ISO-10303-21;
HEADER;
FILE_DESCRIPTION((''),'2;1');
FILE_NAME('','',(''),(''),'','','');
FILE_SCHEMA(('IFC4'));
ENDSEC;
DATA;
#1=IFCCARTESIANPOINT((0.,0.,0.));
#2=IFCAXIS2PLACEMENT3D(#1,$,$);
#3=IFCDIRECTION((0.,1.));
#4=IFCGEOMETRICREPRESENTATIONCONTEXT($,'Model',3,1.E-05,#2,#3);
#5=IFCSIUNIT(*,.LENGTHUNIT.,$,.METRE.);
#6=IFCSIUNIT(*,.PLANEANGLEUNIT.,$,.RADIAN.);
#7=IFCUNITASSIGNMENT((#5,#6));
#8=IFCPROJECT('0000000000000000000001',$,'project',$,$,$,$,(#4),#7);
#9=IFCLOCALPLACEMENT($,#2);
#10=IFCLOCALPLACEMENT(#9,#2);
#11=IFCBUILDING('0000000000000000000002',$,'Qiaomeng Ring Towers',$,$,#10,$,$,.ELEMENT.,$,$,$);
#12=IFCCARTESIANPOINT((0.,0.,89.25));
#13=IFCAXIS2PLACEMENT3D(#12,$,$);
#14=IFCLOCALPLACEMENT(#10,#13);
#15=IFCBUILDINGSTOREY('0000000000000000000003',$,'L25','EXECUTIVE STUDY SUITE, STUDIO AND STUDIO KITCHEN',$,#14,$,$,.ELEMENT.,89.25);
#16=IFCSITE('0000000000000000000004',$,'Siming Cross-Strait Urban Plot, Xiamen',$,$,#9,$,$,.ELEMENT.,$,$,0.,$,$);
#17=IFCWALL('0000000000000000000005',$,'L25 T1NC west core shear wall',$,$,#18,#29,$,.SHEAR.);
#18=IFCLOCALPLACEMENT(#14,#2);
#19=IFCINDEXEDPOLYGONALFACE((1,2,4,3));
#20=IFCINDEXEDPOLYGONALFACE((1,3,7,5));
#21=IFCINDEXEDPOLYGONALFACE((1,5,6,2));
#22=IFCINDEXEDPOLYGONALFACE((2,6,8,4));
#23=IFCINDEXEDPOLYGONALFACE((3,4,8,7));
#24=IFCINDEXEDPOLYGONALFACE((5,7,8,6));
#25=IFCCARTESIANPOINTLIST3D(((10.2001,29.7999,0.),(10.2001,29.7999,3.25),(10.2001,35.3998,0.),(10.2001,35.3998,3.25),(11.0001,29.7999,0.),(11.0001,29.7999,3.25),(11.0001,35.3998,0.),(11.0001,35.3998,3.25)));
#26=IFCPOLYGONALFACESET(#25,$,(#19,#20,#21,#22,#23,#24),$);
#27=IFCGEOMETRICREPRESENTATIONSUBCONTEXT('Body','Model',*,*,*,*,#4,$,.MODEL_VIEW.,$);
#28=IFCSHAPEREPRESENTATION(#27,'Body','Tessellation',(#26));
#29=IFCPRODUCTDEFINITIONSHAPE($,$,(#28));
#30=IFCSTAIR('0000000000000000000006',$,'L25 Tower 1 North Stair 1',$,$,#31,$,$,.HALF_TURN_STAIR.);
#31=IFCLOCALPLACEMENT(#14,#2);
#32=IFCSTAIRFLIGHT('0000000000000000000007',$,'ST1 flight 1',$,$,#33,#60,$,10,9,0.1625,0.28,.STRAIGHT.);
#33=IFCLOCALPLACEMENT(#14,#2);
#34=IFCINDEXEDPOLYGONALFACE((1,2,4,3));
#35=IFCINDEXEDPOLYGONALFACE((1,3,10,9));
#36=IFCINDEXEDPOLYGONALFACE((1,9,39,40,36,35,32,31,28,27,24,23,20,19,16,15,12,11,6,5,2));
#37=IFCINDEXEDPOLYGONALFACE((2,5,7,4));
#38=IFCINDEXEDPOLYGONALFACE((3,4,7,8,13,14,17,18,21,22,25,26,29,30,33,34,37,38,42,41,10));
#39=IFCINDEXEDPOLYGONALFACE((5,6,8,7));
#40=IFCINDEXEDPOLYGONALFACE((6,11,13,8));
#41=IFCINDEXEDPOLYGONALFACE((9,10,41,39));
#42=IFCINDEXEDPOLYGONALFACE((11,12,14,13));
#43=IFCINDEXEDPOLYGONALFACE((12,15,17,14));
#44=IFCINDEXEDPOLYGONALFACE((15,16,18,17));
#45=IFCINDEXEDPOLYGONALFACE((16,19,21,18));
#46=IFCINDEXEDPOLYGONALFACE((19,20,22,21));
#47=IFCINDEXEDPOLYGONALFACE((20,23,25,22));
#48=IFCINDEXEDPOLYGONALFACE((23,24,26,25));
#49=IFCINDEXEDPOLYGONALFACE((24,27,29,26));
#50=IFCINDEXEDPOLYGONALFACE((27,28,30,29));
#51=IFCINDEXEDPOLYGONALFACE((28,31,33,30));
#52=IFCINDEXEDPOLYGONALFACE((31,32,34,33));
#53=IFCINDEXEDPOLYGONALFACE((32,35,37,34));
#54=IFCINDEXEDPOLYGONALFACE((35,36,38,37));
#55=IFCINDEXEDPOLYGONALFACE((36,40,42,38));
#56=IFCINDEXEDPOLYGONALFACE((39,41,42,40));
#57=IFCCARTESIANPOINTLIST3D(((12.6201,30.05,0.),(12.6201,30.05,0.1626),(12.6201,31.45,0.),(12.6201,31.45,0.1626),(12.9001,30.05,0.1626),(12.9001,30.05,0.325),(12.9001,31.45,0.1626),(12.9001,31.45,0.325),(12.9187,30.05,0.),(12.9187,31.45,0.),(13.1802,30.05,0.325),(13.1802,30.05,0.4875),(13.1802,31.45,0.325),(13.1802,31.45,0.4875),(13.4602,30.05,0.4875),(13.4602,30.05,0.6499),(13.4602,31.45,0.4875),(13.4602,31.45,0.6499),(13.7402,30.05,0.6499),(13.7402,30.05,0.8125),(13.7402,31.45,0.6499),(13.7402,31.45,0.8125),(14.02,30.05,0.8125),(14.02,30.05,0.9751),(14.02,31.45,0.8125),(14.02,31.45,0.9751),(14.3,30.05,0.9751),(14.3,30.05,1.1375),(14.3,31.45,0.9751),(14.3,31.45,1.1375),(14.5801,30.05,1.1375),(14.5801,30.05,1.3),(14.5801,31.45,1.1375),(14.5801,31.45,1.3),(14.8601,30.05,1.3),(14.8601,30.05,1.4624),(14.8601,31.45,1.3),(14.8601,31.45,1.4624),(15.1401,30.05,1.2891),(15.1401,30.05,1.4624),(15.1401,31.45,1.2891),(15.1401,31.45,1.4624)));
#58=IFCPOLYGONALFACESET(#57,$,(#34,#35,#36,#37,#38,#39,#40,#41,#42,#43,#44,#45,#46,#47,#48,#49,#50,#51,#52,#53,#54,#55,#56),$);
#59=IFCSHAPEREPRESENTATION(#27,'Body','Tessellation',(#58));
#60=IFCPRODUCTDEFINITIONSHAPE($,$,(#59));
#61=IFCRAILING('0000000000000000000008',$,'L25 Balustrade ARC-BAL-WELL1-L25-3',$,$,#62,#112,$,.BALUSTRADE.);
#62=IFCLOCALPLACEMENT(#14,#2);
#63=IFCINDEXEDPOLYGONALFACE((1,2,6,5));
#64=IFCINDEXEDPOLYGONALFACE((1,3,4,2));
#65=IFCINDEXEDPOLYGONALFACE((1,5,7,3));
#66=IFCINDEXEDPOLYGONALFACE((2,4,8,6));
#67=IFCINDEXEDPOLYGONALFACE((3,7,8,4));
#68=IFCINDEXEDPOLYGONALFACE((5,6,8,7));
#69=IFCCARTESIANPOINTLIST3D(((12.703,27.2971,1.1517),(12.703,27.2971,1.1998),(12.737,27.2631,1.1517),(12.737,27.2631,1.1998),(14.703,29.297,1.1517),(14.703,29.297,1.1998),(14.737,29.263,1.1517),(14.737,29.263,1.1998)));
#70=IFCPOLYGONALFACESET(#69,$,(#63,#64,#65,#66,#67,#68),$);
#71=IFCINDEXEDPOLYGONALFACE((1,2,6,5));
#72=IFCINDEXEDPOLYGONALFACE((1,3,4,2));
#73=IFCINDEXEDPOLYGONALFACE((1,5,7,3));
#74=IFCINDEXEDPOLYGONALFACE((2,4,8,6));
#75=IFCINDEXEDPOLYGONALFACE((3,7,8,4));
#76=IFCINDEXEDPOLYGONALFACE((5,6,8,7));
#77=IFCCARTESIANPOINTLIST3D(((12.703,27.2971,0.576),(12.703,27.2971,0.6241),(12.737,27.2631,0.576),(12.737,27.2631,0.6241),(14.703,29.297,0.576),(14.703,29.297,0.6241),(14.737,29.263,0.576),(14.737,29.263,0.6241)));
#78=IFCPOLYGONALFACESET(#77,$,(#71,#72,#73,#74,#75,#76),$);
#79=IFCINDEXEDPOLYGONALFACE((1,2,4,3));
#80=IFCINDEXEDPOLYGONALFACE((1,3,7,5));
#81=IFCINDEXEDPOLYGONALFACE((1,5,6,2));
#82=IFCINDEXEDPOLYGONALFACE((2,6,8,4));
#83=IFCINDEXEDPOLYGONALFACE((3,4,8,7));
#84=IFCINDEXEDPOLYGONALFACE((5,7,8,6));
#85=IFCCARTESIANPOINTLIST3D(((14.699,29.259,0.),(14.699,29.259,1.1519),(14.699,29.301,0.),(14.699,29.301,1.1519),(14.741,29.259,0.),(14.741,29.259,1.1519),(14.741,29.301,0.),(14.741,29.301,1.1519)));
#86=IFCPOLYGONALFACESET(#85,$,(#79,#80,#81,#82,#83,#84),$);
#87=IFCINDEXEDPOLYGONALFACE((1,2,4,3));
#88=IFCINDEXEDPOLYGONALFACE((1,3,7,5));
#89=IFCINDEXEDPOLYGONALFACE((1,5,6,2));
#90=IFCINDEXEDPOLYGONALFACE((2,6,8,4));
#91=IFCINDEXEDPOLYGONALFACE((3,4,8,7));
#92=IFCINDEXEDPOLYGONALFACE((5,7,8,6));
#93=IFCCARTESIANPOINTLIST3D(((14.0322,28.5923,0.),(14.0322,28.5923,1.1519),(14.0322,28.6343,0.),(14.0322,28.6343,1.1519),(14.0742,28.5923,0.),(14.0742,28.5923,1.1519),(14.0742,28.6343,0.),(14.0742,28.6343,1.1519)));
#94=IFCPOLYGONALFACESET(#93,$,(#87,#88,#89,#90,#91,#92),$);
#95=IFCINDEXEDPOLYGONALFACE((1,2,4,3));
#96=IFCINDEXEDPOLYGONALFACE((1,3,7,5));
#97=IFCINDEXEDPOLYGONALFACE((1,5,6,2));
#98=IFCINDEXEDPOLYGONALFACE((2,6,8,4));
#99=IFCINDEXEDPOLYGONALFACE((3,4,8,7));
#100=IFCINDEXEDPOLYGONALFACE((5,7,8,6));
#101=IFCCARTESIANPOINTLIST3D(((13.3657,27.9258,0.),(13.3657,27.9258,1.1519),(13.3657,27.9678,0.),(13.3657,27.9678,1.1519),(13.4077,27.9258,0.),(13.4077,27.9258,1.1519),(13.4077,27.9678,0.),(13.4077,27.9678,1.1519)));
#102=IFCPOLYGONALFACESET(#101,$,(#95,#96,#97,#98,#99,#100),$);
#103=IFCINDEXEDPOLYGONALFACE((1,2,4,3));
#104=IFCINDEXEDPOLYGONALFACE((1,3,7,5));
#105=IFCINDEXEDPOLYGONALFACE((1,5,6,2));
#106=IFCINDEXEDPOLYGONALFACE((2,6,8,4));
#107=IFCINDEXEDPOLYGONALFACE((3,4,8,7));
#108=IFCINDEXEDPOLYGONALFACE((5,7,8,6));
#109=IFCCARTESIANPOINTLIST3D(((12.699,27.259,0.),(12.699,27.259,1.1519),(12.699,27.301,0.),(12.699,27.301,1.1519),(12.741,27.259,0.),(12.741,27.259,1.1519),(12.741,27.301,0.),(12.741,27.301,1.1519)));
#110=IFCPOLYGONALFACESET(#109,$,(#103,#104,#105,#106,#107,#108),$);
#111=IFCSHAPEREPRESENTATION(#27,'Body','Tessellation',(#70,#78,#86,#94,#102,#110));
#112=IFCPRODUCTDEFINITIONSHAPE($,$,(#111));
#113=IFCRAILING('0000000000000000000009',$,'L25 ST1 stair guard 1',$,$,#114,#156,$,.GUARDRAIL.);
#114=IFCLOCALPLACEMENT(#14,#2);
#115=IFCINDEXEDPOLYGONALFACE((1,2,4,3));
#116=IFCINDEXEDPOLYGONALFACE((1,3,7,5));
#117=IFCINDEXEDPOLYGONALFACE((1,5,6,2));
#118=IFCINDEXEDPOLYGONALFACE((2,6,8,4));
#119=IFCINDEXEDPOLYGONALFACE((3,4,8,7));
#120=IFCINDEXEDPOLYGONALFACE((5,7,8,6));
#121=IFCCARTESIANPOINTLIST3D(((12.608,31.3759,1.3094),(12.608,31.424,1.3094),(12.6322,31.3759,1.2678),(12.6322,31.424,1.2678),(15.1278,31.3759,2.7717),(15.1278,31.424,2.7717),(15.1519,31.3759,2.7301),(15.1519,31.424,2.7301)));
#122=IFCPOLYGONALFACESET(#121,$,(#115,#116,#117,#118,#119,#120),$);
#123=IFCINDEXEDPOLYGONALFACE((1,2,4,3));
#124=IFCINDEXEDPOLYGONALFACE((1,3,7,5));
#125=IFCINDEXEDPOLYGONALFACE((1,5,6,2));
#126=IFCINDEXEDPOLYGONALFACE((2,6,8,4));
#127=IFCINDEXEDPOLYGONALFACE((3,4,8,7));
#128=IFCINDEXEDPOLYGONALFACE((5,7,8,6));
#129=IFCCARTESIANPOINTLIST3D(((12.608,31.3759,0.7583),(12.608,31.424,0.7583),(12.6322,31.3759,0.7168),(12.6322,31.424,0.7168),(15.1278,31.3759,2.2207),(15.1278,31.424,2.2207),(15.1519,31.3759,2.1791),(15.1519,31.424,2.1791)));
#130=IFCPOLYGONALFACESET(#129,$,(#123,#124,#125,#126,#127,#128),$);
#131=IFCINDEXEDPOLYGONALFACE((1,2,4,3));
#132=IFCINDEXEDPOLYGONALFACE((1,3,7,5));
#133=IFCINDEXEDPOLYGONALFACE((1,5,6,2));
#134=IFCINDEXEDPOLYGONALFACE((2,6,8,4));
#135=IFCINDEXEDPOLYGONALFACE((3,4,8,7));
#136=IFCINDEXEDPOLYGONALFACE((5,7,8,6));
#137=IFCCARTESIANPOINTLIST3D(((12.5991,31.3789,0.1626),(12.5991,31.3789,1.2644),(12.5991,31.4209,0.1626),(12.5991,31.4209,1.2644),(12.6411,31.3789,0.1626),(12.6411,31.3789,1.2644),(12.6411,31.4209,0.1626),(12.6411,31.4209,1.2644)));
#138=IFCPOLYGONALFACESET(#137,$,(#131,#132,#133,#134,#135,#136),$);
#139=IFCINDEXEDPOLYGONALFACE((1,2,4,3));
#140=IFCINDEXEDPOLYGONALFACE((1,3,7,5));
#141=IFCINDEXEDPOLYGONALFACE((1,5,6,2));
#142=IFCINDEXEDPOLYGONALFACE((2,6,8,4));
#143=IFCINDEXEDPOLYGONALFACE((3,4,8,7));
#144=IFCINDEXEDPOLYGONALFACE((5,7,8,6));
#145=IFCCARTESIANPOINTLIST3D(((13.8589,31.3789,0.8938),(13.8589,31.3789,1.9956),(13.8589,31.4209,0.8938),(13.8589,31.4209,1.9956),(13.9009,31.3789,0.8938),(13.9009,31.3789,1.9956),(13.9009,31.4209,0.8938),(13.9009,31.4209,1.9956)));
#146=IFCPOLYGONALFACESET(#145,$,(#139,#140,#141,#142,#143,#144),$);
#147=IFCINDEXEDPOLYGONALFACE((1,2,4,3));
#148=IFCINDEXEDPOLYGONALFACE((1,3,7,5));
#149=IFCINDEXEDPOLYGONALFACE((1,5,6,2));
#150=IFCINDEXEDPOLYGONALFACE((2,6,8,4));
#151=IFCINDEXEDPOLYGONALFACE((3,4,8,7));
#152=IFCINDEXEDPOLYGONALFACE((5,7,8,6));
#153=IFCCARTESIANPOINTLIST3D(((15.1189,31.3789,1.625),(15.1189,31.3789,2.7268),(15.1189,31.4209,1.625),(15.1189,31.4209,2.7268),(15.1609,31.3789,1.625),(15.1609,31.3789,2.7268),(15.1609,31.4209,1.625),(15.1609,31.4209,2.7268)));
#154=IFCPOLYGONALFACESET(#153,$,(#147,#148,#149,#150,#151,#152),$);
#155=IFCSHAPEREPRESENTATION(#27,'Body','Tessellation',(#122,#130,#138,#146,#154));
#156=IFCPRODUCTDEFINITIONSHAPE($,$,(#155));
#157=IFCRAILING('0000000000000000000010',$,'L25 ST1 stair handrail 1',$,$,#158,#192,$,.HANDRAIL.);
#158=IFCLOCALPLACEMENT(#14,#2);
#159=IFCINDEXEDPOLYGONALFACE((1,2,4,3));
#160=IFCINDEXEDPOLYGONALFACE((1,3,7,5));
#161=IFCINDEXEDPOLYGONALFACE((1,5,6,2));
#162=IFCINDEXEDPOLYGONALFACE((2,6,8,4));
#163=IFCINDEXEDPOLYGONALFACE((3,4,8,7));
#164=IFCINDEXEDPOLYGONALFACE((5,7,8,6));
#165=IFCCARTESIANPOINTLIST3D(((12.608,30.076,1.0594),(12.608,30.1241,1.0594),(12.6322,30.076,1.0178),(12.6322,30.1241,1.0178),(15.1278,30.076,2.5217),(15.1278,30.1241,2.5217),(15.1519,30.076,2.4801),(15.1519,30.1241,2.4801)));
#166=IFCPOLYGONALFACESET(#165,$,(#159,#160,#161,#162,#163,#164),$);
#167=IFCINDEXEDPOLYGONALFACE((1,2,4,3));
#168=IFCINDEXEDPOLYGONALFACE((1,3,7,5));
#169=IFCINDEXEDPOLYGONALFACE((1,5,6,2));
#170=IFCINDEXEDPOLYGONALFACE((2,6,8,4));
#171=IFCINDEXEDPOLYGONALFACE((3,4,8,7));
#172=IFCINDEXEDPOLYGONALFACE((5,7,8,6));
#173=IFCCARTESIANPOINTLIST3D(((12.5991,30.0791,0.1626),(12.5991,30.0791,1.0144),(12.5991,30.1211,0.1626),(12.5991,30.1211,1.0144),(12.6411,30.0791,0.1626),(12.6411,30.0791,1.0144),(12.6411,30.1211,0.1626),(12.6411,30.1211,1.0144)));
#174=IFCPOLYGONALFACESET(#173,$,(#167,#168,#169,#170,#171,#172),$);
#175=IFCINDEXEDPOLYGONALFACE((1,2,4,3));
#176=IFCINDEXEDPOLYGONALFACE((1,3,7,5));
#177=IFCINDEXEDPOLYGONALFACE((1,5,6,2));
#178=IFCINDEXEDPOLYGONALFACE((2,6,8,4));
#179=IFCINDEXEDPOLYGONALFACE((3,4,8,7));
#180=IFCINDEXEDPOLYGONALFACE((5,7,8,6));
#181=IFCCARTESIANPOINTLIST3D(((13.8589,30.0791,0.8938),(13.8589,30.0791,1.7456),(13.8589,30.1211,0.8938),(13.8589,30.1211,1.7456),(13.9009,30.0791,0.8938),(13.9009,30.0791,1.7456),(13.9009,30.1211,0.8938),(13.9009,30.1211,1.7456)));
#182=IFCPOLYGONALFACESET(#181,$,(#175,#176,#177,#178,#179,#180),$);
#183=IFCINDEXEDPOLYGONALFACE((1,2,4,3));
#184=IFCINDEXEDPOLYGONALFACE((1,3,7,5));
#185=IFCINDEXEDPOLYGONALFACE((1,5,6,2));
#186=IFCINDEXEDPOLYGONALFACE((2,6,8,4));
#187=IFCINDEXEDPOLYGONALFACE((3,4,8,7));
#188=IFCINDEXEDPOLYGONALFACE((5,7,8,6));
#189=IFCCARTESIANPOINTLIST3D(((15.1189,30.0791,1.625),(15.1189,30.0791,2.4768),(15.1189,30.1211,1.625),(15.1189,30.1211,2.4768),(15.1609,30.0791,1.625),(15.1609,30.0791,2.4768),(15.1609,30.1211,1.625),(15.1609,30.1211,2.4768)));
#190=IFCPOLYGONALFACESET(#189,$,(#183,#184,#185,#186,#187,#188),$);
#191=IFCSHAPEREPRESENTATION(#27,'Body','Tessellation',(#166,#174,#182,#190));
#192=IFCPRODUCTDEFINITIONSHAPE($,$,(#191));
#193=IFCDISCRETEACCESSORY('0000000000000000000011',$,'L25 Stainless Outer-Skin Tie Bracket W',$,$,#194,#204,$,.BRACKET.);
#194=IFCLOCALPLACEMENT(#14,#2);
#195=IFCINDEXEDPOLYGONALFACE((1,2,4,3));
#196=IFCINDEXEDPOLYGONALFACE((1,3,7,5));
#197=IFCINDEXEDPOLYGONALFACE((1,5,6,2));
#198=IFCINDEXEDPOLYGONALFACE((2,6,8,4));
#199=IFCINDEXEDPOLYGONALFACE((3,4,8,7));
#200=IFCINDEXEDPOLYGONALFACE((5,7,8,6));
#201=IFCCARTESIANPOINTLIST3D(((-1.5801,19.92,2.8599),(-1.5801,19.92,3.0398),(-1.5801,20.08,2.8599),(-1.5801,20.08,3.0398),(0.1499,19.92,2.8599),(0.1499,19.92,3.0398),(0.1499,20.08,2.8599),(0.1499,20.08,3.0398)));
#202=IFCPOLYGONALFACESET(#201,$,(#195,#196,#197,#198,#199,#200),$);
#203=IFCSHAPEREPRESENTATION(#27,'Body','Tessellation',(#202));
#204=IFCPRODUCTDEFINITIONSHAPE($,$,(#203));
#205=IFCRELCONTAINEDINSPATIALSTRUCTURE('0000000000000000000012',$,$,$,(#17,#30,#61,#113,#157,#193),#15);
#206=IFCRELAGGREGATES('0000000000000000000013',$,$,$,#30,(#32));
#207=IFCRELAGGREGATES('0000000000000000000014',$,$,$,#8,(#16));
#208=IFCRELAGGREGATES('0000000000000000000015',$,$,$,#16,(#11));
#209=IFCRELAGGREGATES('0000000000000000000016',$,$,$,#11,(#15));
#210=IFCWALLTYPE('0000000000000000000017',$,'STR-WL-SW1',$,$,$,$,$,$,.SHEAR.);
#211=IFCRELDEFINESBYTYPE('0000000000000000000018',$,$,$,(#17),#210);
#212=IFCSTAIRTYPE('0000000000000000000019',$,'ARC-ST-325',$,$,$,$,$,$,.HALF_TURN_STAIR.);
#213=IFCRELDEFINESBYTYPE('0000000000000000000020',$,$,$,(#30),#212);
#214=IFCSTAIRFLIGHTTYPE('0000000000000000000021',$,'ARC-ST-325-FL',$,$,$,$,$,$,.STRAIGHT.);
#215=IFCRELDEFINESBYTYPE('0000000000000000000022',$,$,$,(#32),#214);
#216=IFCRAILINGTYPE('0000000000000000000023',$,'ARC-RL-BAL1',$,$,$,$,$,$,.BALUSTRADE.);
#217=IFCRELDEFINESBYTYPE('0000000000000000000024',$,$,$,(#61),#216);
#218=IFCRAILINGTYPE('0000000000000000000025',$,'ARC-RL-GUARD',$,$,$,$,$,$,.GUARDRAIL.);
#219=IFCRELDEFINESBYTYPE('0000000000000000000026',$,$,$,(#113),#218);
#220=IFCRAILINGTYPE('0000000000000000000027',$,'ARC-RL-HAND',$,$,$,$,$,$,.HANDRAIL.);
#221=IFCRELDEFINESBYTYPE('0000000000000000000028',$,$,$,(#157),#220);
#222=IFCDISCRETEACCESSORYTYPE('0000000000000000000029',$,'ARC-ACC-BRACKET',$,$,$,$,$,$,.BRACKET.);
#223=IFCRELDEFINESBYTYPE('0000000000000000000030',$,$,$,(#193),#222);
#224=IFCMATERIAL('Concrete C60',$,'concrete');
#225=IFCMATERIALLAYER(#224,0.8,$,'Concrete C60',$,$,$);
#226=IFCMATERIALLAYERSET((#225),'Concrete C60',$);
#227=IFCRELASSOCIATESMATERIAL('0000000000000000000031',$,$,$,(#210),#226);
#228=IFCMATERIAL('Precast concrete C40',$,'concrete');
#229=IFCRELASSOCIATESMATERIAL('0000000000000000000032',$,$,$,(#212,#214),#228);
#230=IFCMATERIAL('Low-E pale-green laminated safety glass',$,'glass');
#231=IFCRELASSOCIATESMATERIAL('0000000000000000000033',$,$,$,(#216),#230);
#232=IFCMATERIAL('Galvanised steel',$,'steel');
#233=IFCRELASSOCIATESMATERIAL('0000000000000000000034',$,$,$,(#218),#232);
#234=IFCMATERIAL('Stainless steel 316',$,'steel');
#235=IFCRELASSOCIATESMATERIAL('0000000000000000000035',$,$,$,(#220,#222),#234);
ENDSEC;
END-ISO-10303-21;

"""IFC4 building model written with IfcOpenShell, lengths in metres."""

from ifc_helpers import new_model, si_unit, direction, frame, frame_2d, origin, origin_2d, place, context, subcontext, project, spatial, polyline, rectangle, outline, extrude, source, transform, mapped, material, layer, layer_set, type_object, element, aggregate, save


model = new_model("IFC4")

# Units and contexts
model_context = context("Model", 3, precision=1e-05, world=origin(), true_north=direction((0.0, 1.0)))
body_context = subcontext(model_context, "Body", "Model", "MODEL_VIEW")
ifc_project = project(units=[si_unit("LENGTHUNIT", "METRE"), si_unit("PLANEANGLEUNIT", "RADIAN")], contexts=[model_context])

# Site, building, storey
site_placement = place(None, origin())
site = spatial("IfcSite", under=ifc_project, at=site_placement, Name="Siming Cross-Strait Urban Plot, Xiamen", CompositionType="ELEMENT", RefElevation=0.0)
building_placement = place(site_placement, origin())
building = spatial("IfcBuilding", under=site, at=building_placement, Name="Qiaomeng Ring Towers", CompositionType="ELEMENT")
storey_placement = place(building_placement, frame((0.0, 0.0, 89.25)))
storey = spatial("IfcBuildingStorey", under=building, at=storey_placement, Name="L25", Description="EXECUTIVE STUDY SUITE, STUDIO AND STUDIO KITCHEN", CompositionType="ELEMENT", Elevation=89.25)

# Shared definitions
ifc_material_1 = material(Name="Concrete C60", Category="concrete")

# Shared definitions
ifc_material_2 = material(Name="Stainless steel 316", Category="steel")

# Wall
ifc_layer_1 = layer(ifc_material_1, 0.8, Name="Concrete C60")
ifc_layer_set_1 = layer_set([ifc_layer_1], Name="Concrete C60")
wall_type_1 = type_object("IfcWallType", Name="STR-WL-SW1", PredefinedType="SHEAR", material=ifc_layer_set_1)
wall_1_placement = place(storey_placement, frame((10.6001, 29.8, 0.0), z_axis=(0.0, 0.0, 1.0), x_axis=(0.0, 1.0, 0.0)))
element("IfcWall", 1, at=wall_1_placement, inside=storey, type_object=wall_type_1, Name="L25 T1NC west core shear wall", PredefinedType="SHEAR", context=body_context, shape_type="SweptSolid", body=[
    extrude(rectangle(XDim=5.5999, YDim=0.8, at=frame_2d((2.7998, 0.0))), origin(), (0.0, 0.0, 1.0), 3.25),
])

# Stair, stair flight
ifc_material_3 = material(Name="Precast concrete C40", Category="concrete")
stair_type = type_object("IfcStairType", Name="ARC-ST-325", PredefinedType="HALF_TURN_STAIR", material=ifc_material_3)
stair_placement = place(storey_placement, origin())
stair = element("IfcStair", 2, at=stair_placement, inside=storey, type_object=stair_type, Name="L25 Tower 1 North Stair 1", PredefinedType="HALF_TURN_STAIR")
stair_flight_type = type_object("IfcStairFlightType", Name="ARC-ST-325-FL", PredefinedType="STRAIGHT", material=ifc_material_3)
shared_shape_1 = source(origin(), body_context, "Body", "SweptSolid", [
    extrude(outline(polyline([(0.0, 0.0), (0.0, 0.1626), (0.28, 0.1626), (0.28, 0.325), (0.5601, 0.325), (0.5601, 0.4875), (0.8401, 0.4875), (0.8401, 0.6499), (1.1201, 0.6499), (1.1201, 0.8125), (1.3999, 0.8125), (1.3999, 0.9751), (1.6799, 0.9751), (1.6799, 1.1375), (1.96, 1.1375), (1.96, 1.3), (2.24, 1.3), (2.24, 1.4624), (2.52, 1.4624), (2.52, 1.625), (2.52, 1.2891), (0.2986, 0.0), (0.0, 0.0)])), frame((0.0, 0.7, 0.0), z_axis=(0.0, -1.0, 0.0), x_axis=(1.0, 0.0, 0.0)), (0.0, 0.0, 1.0), 1.3999),
])
stair_flight_placement = place(storey_placement, frame((12.6201, 30.75, 0.0), z_axis=(0.0, 0.0, 1.0), x_axis=(1.0, 0.0, 0.0)))
stair_flight = element("IfcStairFlight", 3, at=stair_flight_placement, type_object=stair_flight_type, Name="ST1 flight 1", NumberOfRisers=10, NumberOfTreads=9, PredefinedType="STRAIGHT", RiserHeight=0.1625, TreadLength=0.28, context=body_context, shape_type="MappedRepresentation", body=[
    mapped(shared_shape_1, transform((0.0, 0.0, 0.0), x_axis=(1.0, 0.0, 0.0), y_axis=(0.0, 1.0, 0.0), z_axis=(0.0, 0.0, 1.0), scale=1.0)),
])
aggregate(stair, [stair_flight])

# Railings
ifc_material_4 = material(Name="Low-E pale-green laminated safety glass", Category="glass")
railing_type_1 = type_object("IfcRailingType", Name="ARC-RL-BAL1", PredefinedType="BALUSTRADE", material=ifc_material_4)
railing_1_placement = place(storey_placement, frame((14.72, 29.28, 0.0)))
element("IfcRailing", 4, at=railing_1_placement, inside=storey, type_object=railing_type_1, Name="L25 Balustrade ARC-BAL-WELL1-L25-3", PredefinedType="BALUSTRADE", context=body_context, shape_type="SweptSolid", body=[
    extrude(rectangle(XDim=0.0481, YDim=0.0481, at=origin_2d()), frame((0.0, 0.0, 1.1758), z_axis=(-0.707107, -0.707107, 0.0), x_axis=(0.707107, -0.707107, 0.0)), (0.0, 0.0, 1.0), 2.8284),
    extrude(rectangle(XDim=0.0481, YDim=0.0481, at=origin_2d()), frame((0.0, 0.0, 0.6001), z_axis=(-0.707107, -0.707107, 0.0), x_axis=(0.707107, -0.707107, 0.0)), (0.0, 0.0, 1.0), 2.8284),
    extrude(rectangle(XDim=0.042, YDim=0.042, at=origin_2d()), origin(), (0.0, 0.0, 1.0), 1.1519),
    extrude(rectangle(XDim=0.042, YDim=0.042, at=origin_2d()), frame((-0.6667, -0.6667, 0.0)), (0.0, 0.0, 1.0), 1.1519),
    extrude(rectangle(XDim=0.042, YDim=0.042, at=origin_2d()), frame((-1.3333, -1.3333, 0.0)), (0.0, 0.0, 1.0), 1.1519),
    extrude(rectangle(XDim=0.042, YDim=0.042, at=origin_2d()), frame((-2.0, -2.0, 0.0)), (0.0, 0.0, 1.0), 1.1519),
])
ifc_material_5 = material(Name="Galvanised steel", Category="steel")
railing_type_2 = type_object("IfcRailingType", Name="ARC-RL-GUARD", PredefinedType="GUARDRAIL", material=ifc_material_5)
railing_2_placement = place(storey_placement, frame((12.6201, 31.3999, 0.1626)))
element("IfcRailing", 5, at=railing_2_placement, inside=storey, type_object=railing_type_2, Name="L25 ST1 stair guard 1", PredefinedType="GUARDRAIL", context=body_context, shape_type="SweptSolid", body=[
    extrude(rectangle(XDim=0.0481, YDim=0.0481, at=origin_2d()), frame((0.0, 0.0, 1.126), z_axis=(0.864892, 0.0, 0.501958), x_axis=(0.0, 1.0, 0.0)), (0.0, 0.0, 1.0), 2.9133),
    extrude(rectangle(XDim=0.0481, YDim=0.0481, at=origin_2d()), frame((0.0, 0.0, 0.575), z_axis=(0.864892, 0.0, 0.501958), x_axis=(0.0, 1.0, 0.0)), (0.0, 0.0, 1.0), 2.9133),
    extrude(rectangle(XDim=0.042, YDim=0.042, at=origin_2d()), origin(), (0.0, 0.0, 1.0), 1.1018),
    extrude(rectangle(XDim=0.042, YDim=0.042, at=origin_2d()), frame((1.2598, 0.0, 0.7312)), (0.0, 0.0, 1.0), 1.1018),
    extrude(rectangle(XDim=0.042, YDim=0.042, at=origin_2d()), frame((2.5198, 0.0, 1.4624)), (0.0, 0.0, 1.0), 1.1018),
])
railing_type_3 = type_object("IfcRailingType", Name="ARC-RL-HAND", PredefinedType="HANDRAIL", material=ifc_material_2)
railing_3_placement = place(storey_placement, frame((12.6201, 30.1001, 0.1626)))
element("IfcRailing", 6, at=railing_3_placement, inside=storey, type_object=railing_type_3, Name="L25 ST1 stair handrail 1", PredefinedType="HANDRAIL", context=body_context, shape_type="SweptSolid", body=[
    extrude(rectangle(XDim=0.0481, YDim=0.0481, at=origin_2d()), frame((0.0, 0.0, 0.876), z_axis=(0.864892, 0.0, 0.501958), x_axis=(0.0, 1.0, 0.0)), (0.0, 0.0, 1.0), 2.9133),
    extrude(rectangle(XDim=0.042, YDim=0.042, at=origin_2d()), origin(), (0.0, 0.0, 1.0), 0.8518),
    extrude(rectangle(XDim=0.042, YDim=0.042, at=origin_2d()), frame((1.2598, 0.0, 0.7312)), (0.0, 0.0, 1.0), 0.8518),
    extrude(rectangle(XDim=0.042, YDim=0.042, at=origin_2d()), frame((2.5198, 0.0, 1.4624)), (0.0, 0.0, 1.0), 0.8518),
])

# Discrete accessory
discrete_accessory_type = type_object("IfcDiscreteAccessoryType", Name="ARC-ACC-BRACKET", PredefinedType="BRACKET", material=ifc_material_2)
shared_shape_2 = source(origin(), body_context, "Body", "SweptSolid", [
    extrude(rectangle(XDim=1.73, YDim=0.1599, at=origin_2d()), origin(), (0.0, 0.0, 1.0), 0.1799),
])
discrete_accessory_placement = place(storey_placement, frame((-0.7151, 20.0, 2.8599), z_axis=(0.0, 0.0, 1.0), x_axis=(1.0, 0.0, 0.0)))
element("IfcDiscreteAccessory", 7, at=discrete_accessory_placement, inside=storey, type_object=discrete_accessory_type, Name="L25 Stainless Outer-Skin Tie Bracket W", PredefinedType="BRACKET", context=body_context, shape_type="MappedRepresentation", body=[
    mapped(shared_shape_2, transform((0.0, 0.0, 0.0), x_axis=(1.0, 0.0, 0.0), y_axis=(0.0, 1.0, 0.0), z_axis=(0.0, 0.0, 1.0), scale=1.0)),
])

save(model, "model.ifc")
